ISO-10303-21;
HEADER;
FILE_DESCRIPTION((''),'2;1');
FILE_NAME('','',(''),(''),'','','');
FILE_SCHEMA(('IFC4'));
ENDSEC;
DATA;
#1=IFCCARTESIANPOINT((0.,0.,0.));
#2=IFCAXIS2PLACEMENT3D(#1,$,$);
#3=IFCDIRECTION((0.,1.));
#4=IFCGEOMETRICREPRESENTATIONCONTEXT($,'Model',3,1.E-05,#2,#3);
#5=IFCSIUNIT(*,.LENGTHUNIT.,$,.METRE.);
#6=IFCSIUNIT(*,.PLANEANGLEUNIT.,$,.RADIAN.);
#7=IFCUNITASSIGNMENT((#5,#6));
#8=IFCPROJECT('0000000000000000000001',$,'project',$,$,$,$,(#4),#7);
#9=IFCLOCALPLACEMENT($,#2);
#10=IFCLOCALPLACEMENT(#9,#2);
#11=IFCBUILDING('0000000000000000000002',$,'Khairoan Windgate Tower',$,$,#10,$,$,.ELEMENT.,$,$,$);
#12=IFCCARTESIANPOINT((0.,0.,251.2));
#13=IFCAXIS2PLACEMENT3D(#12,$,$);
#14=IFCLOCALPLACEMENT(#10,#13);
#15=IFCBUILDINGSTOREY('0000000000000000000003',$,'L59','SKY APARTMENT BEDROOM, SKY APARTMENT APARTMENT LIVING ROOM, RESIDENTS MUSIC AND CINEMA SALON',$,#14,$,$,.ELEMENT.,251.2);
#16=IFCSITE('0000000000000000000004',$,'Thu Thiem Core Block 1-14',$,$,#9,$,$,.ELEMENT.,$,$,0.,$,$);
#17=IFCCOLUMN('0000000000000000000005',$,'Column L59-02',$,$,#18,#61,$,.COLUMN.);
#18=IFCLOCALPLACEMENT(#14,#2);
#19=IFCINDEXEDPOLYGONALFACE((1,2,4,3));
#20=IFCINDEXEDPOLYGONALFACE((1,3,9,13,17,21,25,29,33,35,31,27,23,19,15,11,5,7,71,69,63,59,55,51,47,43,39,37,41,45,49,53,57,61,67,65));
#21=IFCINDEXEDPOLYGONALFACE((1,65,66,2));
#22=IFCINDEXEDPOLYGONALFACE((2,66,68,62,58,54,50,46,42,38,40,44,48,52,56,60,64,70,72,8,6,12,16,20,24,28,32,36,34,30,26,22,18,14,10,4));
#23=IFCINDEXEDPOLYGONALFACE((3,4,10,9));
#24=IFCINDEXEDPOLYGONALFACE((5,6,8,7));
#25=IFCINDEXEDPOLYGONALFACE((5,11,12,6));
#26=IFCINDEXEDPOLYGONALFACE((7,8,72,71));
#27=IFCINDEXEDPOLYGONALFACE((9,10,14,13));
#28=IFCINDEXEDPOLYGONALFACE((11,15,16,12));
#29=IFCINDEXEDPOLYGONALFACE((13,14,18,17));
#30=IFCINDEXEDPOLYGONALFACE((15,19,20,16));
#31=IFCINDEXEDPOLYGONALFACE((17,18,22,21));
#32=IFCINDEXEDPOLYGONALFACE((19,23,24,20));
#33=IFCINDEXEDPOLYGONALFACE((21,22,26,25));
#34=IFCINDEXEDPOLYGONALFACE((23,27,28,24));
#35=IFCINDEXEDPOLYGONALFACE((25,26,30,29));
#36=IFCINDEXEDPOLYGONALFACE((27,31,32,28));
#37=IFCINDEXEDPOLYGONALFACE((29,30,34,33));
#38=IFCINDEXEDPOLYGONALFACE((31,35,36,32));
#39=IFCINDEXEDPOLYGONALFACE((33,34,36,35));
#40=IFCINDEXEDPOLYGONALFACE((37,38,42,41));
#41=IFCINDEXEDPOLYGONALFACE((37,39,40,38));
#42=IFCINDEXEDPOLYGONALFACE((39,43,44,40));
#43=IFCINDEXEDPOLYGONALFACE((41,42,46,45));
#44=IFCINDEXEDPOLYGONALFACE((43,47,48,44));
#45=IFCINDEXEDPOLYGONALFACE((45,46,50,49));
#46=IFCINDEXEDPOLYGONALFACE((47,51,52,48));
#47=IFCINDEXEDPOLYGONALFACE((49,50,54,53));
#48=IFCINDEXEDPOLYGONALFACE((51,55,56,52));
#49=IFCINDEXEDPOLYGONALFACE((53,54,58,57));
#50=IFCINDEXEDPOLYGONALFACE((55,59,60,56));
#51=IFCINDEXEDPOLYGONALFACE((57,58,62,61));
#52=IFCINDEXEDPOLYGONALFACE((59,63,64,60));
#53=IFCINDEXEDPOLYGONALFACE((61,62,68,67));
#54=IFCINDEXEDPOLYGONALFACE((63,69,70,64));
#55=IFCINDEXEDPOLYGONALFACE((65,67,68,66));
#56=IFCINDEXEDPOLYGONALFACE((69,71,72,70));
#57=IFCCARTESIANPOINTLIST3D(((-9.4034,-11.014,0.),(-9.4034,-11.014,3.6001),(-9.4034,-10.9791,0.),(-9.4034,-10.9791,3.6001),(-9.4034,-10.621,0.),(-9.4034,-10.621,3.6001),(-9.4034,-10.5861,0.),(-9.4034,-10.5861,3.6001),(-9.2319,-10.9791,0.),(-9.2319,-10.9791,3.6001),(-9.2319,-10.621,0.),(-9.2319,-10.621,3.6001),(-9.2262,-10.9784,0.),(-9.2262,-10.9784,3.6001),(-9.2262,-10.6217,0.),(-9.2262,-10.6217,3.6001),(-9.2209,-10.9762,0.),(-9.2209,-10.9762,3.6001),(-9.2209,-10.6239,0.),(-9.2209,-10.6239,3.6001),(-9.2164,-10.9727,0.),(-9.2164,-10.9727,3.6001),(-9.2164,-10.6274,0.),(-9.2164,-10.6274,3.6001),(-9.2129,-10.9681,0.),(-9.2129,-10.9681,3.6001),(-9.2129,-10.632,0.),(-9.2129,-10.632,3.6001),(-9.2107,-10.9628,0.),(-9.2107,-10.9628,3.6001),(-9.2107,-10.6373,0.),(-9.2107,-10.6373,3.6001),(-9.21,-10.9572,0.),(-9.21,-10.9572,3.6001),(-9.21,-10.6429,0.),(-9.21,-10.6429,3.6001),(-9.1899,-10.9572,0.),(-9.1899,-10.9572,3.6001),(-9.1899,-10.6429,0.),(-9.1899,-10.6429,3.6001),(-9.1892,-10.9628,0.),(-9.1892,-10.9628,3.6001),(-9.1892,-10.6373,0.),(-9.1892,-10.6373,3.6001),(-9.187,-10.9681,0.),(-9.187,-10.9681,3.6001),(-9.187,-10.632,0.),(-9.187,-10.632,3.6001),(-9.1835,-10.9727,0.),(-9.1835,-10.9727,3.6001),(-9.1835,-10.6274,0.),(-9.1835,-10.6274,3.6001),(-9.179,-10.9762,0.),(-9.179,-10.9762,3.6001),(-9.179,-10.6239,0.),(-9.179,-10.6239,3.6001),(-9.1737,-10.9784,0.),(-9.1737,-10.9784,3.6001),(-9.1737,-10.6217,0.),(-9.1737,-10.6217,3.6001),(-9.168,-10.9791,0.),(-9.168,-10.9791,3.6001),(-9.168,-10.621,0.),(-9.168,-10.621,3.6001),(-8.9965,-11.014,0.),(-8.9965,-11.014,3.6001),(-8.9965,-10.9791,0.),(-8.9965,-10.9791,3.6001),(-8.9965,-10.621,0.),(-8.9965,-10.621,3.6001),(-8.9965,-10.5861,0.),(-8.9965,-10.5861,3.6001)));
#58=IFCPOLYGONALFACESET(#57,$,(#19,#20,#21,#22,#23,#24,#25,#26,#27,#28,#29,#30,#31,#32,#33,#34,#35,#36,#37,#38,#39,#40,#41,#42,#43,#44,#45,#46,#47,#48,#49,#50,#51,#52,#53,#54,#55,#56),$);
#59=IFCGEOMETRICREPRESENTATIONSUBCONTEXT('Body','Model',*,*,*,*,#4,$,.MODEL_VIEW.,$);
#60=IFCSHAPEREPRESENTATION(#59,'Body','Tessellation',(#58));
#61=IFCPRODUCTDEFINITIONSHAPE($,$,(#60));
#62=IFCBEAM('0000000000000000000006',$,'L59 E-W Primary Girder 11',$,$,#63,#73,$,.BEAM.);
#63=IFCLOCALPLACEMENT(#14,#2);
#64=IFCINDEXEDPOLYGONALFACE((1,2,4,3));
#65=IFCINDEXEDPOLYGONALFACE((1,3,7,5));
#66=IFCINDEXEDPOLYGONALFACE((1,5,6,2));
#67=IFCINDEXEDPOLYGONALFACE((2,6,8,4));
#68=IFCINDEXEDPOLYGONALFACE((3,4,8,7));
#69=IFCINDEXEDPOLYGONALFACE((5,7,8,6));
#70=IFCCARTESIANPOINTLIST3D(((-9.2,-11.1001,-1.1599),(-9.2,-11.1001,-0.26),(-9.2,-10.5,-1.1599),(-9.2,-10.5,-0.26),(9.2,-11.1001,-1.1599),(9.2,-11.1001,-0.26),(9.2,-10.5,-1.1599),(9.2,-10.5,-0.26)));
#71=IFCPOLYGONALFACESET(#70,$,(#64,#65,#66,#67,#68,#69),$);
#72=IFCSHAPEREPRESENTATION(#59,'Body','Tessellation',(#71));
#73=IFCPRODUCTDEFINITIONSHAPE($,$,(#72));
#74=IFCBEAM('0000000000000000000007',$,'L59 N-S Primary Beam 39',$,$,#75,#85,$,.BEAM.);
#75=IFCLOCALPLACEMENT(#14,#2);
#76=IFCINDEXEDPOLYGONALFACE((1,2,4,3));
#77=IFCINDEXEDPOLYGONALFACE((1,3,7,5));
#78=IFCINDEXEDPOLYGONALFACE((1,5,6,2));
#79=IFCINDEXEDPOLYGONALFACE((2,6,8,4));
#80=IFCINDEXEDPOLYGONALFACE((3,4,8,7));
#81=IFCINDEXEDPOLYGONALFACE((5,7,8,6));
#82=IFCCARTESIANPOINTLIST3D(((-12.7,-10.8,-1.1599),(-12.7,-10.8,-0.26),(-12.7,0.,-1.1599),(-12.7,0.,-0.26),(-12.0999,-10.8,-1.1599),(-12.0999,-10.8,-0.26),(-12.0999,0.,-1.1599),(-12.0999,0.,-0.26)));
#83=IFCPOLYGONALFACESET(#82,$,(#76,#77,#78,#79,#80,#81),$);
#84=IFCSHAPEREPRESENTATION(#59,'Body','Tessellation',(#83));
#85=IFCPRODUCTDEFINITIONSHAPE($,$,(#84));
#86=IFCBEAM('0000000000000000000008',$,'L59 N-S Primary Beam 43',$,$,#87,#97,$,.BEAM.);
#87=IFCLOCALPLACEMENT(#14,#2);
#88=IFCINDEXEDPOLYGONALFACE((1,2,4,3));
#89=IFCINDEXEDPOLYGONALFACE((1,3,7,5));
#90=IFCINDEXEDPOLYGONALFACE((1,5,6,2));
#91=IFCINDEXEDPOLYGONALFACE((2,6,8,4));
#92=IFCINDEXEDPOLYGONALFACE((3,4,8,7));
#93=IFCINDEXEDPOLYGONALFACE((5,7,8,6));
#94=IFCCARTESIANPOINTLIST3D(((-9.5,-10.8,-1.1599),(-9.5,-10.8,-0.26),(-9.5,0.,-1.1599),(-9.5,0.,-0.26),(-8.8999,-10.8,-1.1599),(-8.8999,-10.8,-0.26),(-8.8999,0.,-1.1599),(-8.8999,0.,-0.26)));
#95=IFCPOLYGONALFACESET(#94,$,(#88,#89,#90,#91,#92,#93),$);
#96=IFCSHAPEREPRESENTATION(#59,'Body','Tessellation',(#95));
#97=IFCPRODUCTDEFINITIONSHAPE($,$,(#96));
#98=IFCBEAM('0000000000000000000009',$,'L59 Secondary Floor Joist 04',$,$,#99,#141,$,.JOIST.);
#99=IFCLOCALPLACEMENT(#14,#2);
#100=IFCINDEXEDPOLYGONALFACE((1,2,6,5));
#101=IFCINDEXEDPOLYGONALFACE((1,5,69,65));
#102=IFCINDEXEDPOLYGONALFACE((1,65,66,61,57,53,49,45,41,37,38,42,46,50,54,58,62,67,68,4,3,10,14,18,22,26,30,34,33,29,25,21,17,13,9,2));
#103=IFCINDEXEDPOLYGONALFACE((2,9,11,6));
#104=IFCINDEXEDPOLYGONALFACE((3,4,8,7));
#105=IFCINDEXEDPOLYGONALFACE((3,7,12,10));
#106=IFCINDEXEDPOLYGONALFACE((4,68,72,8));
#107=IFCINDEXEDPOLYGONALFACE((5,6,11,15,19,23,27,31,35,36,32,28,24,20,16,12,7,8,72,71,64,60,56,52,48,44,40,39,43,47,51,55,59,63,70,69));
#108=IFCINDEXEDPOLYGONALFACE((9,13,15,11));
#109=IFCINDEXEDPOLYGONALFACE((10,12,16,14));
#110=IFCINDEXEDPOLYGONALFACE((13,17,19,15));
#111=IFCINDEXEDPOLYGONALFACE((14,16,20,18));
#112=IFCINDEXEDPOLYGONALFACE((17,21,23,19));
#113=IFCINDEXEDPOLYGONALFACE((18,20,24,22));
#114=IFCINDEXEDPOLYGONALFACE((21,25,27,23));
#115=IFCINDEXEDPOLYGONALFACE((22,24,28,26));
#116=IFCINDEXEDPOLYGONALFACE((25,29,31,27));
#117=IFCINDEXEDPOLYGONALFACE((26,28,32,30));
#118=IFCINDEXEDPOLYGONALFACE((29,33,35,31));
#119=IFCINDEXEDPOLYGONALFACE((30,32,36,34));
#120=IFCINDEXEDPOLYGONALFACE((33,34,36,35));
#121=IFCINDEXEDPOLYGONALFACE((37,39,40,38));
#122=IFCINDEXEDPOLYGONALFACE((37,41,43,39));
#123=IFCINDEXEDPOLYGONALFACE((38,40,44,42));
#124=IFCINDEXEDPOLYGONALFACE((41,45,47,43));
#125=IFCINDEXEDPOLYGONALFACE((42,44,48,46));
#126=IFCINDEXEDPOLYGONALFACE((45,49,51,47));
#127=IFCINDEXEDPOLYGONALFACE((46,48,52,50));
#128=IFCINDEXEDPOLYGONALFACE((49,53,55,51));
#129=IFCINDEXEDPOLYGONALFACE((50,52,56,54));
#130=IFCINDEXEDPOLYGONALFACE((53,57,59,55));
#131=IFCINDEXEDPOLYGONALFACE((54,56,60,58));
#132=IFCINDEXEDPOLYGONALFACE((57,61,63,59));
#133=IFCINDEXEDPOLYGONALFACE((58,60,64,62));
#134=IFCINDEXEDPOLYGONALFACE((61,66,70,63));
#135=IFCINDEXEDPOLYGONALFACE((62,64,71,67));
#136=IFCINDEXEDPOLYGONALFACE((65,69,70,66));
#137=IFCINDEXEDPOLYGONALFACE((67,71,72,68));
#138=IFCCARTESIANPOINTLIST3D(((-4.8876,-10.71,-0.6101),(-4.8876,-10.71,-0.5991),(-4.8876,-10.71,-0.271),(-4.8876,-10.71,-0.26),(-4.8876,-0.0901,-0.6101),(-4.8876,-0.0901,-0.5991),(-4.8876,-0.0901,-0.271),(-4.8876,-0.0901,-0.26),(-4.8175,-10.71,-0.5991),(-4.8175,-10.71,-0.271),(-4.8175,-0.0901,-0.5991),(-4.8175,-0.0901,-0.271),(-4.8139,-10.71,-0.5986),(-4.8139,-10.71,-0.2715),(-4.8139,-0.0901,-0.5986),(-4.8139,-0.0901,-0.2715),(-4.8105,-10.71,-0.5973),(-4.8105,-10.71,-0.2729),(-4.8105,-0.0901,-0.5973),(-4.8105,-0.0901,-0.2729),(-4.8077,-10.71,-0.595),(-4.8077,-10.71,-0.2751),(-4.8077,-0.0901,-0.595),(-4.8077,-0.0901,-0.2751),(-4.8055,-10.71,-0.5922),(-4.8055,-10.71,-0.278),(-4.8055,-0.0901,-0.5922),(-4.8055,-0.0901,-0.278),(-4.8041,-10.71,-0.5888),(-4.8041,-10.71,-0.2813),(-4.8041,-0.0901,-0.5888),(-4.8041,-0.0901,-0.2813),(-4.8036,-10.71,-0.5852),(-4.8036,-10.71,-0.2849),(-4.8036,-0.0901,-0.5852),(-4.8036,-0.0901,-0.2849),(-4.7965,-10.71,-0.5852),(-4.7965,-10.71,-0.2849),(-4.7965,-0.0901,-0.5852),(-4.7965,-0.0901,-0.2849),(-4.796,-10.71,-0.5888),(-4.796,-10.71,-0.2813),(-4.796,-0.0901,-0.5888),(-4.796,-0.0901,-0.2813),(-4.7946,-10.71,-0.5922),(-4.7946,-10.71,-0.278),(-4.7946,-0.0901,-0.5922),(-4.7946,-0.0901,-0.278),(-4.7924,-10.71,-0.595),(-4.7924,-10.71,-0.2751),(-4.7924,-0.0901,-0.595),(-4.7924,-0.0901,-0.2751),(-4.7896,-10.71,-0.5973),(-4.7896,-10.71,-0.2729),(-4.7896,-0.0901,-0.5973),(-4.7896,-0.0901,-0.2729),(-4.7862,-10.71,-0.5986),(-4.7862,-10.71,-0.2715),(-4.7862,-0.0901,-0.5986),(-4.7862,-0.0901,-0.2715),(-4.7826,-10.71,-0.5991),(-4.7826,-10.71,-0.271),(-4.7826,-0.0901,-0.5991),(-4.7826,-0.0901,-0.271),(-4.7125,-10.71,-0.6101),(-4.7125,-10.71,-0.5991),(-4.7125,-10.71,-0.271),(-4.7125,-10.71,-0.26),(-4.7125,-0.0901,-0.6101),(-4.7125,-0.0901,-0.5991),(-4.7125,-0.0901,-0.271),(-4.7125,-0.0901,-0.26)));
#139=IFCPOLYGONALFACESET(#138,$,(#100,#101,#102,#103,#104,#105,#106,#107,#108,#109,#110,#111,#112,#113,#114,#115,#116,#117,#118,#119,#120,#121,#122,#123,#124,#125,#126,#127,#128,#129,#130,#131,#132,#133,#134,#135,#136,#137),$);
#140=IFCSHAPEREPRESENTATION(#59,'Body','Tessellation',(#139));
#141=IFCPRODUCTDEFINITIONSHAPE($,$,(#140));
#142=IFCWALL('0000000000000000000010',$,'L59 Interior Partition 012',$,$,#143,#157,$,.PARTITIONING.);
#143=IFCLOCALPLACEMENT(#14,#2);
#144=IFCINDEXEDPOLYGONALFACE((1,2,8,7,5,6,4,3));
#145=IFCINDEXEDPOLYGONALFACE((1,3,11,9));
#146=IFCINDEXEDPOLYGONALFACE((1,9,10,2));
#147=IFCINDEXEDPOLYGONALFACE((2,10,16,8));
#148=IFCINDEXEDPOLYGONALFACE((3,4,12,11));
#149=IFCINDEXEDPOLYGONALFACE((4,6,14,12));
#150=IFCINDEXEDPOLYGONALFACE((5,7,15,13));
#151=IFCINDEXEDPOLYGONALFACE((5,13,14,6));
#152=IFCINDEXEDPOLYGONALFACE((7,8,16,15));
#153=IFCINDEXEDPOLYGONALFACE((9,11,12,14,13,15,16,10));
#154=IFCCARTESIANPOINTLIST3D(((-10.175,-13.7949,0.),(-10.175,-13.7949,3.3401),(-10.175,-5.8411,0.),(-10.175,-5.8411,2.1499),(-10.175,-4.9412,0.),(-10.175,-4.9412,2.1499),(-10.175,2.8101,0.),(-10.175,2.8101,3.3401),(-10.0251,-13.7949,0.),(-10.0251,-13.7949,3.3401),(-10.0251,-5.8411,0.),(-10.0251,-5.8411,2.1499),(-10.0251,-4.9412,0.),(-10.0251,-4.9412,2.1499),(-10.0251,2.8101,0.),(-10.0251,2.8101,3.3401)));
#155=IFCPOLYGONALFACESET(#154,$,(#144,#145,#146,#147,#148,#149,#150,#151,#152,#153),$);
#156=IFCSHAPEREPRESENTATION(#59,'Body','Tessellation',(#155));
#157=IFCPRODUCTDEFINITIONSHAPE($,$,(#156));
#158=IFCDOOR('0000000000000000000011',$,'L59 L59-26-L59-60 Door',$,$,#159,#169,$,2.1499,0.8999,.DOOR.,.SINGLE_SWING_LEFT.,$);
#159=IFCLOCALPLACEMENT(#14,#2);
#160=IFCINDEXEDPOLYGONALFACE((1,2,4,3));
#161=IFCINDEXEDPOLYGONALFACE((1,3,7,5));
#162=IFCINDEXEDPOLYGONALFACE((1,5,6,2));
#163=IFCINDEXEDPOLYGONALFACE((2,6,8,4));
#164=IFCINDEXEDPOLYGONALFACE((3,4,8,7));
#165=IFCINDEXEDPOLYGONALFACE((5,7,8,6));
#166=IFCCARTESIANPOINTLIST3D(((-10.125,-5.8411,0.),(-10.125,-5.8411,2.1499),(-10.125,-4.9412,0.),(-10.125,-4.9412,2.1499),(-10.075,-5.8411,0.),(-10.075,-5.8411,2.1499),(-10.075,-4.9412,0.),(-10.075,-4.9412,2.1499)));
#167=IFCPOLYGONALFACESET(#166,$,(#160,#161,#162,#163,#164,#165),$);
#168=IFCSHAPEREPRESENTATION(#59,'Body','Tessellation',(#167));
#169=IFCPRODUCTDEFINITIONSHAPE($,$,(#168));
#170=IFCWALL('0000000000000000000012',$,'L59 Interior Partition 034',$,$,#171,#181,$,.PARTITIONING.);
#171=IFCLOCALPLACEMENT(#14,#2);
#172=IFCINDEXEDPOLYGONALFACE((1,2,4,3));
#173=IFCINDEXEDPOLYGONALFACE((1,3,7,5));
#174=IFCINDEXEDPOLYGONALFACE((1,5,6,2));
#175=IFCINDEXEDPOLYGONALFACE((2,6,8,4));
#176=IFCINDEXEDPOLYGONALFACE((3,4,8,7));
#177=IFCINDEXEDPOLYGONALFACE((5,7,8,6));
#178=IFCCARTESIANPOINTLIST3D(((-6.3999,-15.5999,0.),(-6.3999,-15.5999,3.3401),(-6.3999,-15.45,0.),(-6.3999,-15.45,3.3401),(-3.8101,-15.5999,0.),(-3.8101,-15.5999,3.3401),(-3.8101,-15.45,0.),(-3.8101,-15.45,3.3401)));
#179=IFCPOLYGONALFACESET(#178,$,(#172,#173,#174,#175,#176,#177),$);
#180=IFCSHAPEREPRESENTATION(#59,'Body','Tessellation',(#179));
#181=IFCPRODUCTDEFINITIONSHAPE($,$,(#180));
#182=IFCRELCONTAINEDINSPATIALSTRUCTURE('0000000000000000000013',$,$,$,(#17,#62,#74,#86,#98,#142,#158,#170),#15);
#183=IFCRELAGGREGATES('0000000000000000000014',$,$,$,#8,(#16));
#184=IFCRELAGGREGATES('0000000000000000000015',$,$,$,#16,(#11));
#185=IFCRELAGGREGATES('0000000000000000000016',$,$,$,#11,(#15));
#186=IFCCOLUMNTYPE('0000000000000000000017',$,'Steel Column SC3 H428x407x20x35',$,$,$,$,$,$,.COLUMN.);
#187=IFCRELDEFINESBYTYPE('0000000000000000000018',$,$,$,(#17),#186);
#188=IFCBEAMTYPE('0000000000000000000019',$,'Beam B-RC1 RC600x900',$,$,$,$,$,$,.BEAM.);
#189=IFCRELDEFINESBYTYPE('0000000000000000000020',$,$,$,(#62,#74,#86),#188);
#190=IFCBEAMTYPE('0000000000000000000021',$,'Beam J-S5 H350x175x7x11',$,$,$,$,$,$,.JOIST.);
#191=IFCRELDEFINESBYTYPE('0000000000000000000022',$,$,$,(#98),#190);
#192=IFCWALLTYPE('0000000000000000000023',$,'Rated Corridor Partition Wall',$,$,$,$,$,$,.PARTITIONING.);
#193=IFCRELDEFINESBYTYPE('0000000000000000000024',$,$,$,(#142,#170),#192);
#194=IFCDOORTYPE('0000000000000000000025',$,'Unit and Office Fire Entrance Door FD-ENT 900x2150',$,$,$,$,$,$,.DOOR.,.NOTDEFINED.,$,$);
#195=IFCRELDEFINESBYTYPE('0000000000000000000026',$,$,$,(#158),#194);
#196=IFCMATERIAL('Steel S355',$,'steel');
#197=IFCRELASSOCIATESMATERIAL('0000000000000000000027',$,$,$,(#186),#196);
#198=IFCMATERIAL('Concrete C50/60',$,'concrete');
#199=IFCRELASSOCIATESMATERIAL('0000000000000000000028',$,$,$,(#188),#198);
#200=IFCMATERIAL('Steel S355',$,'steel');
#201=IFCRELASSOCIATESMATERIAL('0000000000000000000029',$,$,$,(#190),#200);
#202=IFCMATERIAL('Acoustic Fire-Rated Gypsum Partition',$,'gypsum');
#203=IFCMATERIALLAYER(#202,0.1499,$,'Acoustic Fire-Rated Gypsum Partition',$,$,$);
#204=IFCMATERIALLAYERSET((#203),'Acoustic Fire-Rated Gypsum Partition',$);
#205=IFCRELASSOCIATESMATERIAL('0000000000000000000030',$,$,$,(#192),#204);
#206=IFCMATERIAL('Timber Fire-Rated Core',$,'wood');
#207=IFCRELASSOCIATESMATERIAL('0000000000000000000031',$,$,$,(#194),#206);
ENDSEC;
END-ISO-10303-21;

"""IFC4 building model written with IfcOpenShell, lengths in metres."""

from ifc_helpers import new_model, si_unit, direction, frame, frame_2d, origin, origin_2d, place, context, subcontext, project, spatial, rectangle, i_section, extrude, material, layer, layer_set, material_profile, profile_set, type_object, element, fill, save


model = new_model("IFC4")

# Units and contexts
model_context = context("Model", 3, precision=1e-05, world=origin(), true_north=direction((0.0, 1.0)))
body_context = subcontext(model_context, "Body", "Model", "MODEL_VIEW")
ifc_project = project(units=[si_unit("LENGTHUNIT", "METRE"), si_unit("PLANEANGLEUNIT", "RADIAN")], contexts=[model_context])

# Site, building, storey
site_placement = place(None, origin())
site = spatial("IfcSite", under=ifc_project, at=site_placement, Name="Thu Thiem Core Block 1-14", CompositionType="ELEMENT", RefElevation=0.0)
building_placement = place(site_placement, origin())
building = spatial("IfcBuilding", under=site, at=building_placement, Name="Khairoan Windgate Tower", CompositionType="ELEMENT")
storey_placement = place(building_placement, frame((0.0, 0.0, 251.2)))
storey = spatial("IfcBuildingStorey", under=building, at=storey_placement, Name="L59", Description="SKY APARTMENT BEDROOM, SKY APARTMENT APARTMENT LIVING ROOM, RESIDENTS MUSIC AND CINEMA SALON", CompositionType="ELEMENT", Elevation=251.2)

# Column
ifc_material_1 = material(Name="Steel S355", Category="steel")
ifc_material_profile_1 = material_profile(ifc_material_1, i_section(OverallWidth=0.407, OverallDepth=0.428, WebThickness=0.02, FlangeThickness=0.0349, FilletRadius=0.022, at=origin_2d()))
ifc_profile_set_1 = profile_set([ifc_material_profile_1], Name="Steel S355")
column_type = type_object("IfcColumnType", Name="Steel Column SC3 H428x407x20x35", PredefinedType="COLUMN", material=ifc_profile_set_1)
column_placement = place(storey_placement, frame((-9.2, -10.8, 0.0), z_axis=(0.0, 0.0, 1.0), x_axis=(1.0, 0.0, 0.0)))
element("IfcColumn", 1, at=column_placement, inside=storey, type_object=column_type, Name="Column L59-02", PredefinedType="COLUMN", context=body_context, shape_type="SweptSolid", body=[
    extrude(i_section(OverallWidth=0.407, OverallDepth=0.428, WebThickness=0.02, FlangeThickness=0.0349, FilletRadius=0.022, at=origin_2d()), origin(), (0.0, 0.0, 1.0), 3.6001),
])

# Beams
ifc_material_2 = material(Name="Concrete C50/60", Category="concrete")
ifc_material_profile_2 = material_profile(ifc_material_2, rectangle(XDim=0.6001, YDim=0.8999, at=origin_2d()))
ifc_profile_set_2 = profile_set([ifc_material_profile_2], Name="Concrete C50/60")
beam_type_1 = type_object("IfcBeamType", Name="Beam B-RC1 RC600x900", PredefinedType="BEAM", material=ifc_profile_set_2)
beam_1_placement = place(storey_placement, frame((-9.2, -10.8, -0.71), z_axis=(1.0, 0.0, 0.0), x_axis=(0.0, 1.0, 0.0)))
element("IfcBeam", 2, at=beam_1_placement, inside=storey, type_object=beam_type_1, Name="L59 E-W Primary Girder 11", PredefinedType="BEAM", context=body_context, shape_type="SweptSolid", body=[
    extrude(rectangle(XDim=0.6001, YDim=0.8999, at=origin_2d()), origin(), (0.0, 0.0, 1.0), 18.3999),
])
for number, where, z_axis, x_axis, name in (
    (3, (-12.3999, -10.8, -0.71), (0.0, 1.0, 0.0), (-1.0, 0.0, 0.0), "L59 N-S Primary Beam 39"),
    (4, (-9.2, -10.8, -0.71), (0.0, 1.0, 0.0), (-1.0, 0.0, 0.0), "L59 N-S Primary Beam 43"),
):
    element("IfcBeam", number, at=place(storey_placement, frame(where, z_axis=z_axis, x_axis=x_axis)), inside=storey, type_object=beam_type_1, Name=name, PredefinedType="BEAM", context=body_context, shape_type="SweptSolid", body=[
        extrude(rectangle(XDim=0.6001, YDim=0.8999, at=origin_2d()), origin(), (0.0, 0.0, 1.0), 10.8),
    ])
ifc_material_3 = material(Name="Steel S355", Category="steel")
ifc_material_profile_3 = material_profile(ifc_material_3, i_section(OverallWidth=0.175, OverallDepth=0.3501, WebThickness=0.0071, FlangeThickness=0.011, FilletRadius=0.0139, at=origin_2d()))
ifc_profile_set_3 = profile_set([ifc_material_profile_3], Name="Steel S355")
beam_type_2 = type_object("IfcBeamType", Name="Beam J-S5 H350x175x7x11", PredefinedType="JOIST", material=ifc_profile_set_3)
beam_2_placement = place(storey_placement, frame((-4.8, -10.71, -0.4351), z_axis=(0.0, 1.0, 0.0), x_axis=(-1.0, 0.0, 0.0)))
element("IfcBeam", 5, at=beam_2_placement, inside=storey, type_object=beam_type_2, Name="L59 Secondary Floor Joist 04", PredefinedType="JOIST", context=body_context, shape_type="SweptSolid", body=[
    extrude(i_section(OverallWidth=0.175, OverallDepth=0.3501, WebThickness=0.0071, FlangeThickness=0.011, FilletRadius=0.0139, at=origin_2d()), origin(), (0.0, 0.0, 1.0), 10.6199),
])

# Wall, opening, door
ifc_material_4 = material(Name="Acoustic Fire-Rated Gypsum Partition", Category="gypsum")
ifc_layer_1 = layer(ifc_material_4, 0.1499, Name="Acoustic Fire-Rated Gypsum Partition")
ifc_layer_set_1 = layer_set([ifc_layer_1], Name="Acoustic Fire-Rated Gypsum Partition")
wall_type_1 = type_object("IfcWallType", Name="Rated Corridor Partition Wall", PredefinedType="PARTITIONING", material=ifc_layer_set_1)
wall_1_placement = place(storey_placement, frame((-10.1001, -13.7949, 0.0), z_axis=(0.0, 0.0, 1.0), x_axis=(0.0, 1.0, 0.0)))
wall_1 = element("IfcWall", 6, at=wall_1_placement, inside=storey, type_object=wall_type_1, Name="L59 Interior Partition 012", PredefinedType="PARTITIONING", context=body_context, shape_type="SweptSolid", body=[
    extrude(rectangle(XDim=16.605, YDim=0.1499, at=frame_2d((8.3025, 0.0))), origin(), (0.0, 0.0, 1.0), 3.3401),
])
opening_1_placement = place(wall_1_placement, frame((7.9539, 0.0, 0.0)))
opening_1 = element("IfcOpeningElement", 7, at=opening_1_placement, cuts=wall_1, PredefinedType="OPENING", context=body_context, shape_type="SweptSolid", body=[
    extrude(rectangle(XDim=0.8999, YDim=2.1499, at=frame_2d((0.45, 1.075))), frame((0.0, 0.085, 0.0), z_axis=(0.0, -1.0, 0.0), x_axis=(1.0, 0.0, 0.0)), (0.0, 0.0, 1.0), 0.1699),
])
ifc_material_5 = material(Name="Timber Fire-Rated Core", Category="wood")
door_type_1 = type_object("IfcDoorType", Name="Unit and Office Fire Entrance Door FD-ENT 900x2150", OperationType="NOTDEFINED", PredefinedType="DOOR", material=ifc_material_5)
door_1_placement = place(opening_1_placement, origin())
door_1 = element("IfcDoor", 8, at=door_1_placement, inside=storey, type_object=door_type_1, Name="L59 L59-26-L59-60 Door", OperationType="SINGLE_SWING_LEFT", OverallHeight=2.1499, OverallWidth=0.8999, PredefinedType="DOOR", context=body_context, shape_type="SweptSolid", body=[
    extrude(rectangle(XDim=0.8999, YDim=2.1499, at=frame_2d((0.45, 1.075))), frame((0.0, 0.0249, 0.0), z_axis=(0.0, -1.0, 0.0), x_axis=(1.0, 0.0, 0.0)), (0.0, 0.0, 1.0), 0.05),
])
fill(opening_1, door_1)

# Wall
wall_2_placement = place(storey_placement, frame((-6.3999, -15.5249, 0.0), z_axis=(0.0, 0.0, 1.0), x_axis=(1.0, 0.0, 0.0)))
element("IfcWall", 9, at=wall_2_placement, inside=storey, type_object=wall_type_1, Name="L59 Interior Partition 034", PredefinedType="PARTITIONING", context=body_context, shape_type="SweptSolid", body=[
    extrude(rectangle(XDim=2.5898, YDim=0.1499, at=frame_2d((1.2949, 0.0))), origin(), (0.0, 0.0, 1.0), 3.3401),
])

save(model, "model.ifc")
